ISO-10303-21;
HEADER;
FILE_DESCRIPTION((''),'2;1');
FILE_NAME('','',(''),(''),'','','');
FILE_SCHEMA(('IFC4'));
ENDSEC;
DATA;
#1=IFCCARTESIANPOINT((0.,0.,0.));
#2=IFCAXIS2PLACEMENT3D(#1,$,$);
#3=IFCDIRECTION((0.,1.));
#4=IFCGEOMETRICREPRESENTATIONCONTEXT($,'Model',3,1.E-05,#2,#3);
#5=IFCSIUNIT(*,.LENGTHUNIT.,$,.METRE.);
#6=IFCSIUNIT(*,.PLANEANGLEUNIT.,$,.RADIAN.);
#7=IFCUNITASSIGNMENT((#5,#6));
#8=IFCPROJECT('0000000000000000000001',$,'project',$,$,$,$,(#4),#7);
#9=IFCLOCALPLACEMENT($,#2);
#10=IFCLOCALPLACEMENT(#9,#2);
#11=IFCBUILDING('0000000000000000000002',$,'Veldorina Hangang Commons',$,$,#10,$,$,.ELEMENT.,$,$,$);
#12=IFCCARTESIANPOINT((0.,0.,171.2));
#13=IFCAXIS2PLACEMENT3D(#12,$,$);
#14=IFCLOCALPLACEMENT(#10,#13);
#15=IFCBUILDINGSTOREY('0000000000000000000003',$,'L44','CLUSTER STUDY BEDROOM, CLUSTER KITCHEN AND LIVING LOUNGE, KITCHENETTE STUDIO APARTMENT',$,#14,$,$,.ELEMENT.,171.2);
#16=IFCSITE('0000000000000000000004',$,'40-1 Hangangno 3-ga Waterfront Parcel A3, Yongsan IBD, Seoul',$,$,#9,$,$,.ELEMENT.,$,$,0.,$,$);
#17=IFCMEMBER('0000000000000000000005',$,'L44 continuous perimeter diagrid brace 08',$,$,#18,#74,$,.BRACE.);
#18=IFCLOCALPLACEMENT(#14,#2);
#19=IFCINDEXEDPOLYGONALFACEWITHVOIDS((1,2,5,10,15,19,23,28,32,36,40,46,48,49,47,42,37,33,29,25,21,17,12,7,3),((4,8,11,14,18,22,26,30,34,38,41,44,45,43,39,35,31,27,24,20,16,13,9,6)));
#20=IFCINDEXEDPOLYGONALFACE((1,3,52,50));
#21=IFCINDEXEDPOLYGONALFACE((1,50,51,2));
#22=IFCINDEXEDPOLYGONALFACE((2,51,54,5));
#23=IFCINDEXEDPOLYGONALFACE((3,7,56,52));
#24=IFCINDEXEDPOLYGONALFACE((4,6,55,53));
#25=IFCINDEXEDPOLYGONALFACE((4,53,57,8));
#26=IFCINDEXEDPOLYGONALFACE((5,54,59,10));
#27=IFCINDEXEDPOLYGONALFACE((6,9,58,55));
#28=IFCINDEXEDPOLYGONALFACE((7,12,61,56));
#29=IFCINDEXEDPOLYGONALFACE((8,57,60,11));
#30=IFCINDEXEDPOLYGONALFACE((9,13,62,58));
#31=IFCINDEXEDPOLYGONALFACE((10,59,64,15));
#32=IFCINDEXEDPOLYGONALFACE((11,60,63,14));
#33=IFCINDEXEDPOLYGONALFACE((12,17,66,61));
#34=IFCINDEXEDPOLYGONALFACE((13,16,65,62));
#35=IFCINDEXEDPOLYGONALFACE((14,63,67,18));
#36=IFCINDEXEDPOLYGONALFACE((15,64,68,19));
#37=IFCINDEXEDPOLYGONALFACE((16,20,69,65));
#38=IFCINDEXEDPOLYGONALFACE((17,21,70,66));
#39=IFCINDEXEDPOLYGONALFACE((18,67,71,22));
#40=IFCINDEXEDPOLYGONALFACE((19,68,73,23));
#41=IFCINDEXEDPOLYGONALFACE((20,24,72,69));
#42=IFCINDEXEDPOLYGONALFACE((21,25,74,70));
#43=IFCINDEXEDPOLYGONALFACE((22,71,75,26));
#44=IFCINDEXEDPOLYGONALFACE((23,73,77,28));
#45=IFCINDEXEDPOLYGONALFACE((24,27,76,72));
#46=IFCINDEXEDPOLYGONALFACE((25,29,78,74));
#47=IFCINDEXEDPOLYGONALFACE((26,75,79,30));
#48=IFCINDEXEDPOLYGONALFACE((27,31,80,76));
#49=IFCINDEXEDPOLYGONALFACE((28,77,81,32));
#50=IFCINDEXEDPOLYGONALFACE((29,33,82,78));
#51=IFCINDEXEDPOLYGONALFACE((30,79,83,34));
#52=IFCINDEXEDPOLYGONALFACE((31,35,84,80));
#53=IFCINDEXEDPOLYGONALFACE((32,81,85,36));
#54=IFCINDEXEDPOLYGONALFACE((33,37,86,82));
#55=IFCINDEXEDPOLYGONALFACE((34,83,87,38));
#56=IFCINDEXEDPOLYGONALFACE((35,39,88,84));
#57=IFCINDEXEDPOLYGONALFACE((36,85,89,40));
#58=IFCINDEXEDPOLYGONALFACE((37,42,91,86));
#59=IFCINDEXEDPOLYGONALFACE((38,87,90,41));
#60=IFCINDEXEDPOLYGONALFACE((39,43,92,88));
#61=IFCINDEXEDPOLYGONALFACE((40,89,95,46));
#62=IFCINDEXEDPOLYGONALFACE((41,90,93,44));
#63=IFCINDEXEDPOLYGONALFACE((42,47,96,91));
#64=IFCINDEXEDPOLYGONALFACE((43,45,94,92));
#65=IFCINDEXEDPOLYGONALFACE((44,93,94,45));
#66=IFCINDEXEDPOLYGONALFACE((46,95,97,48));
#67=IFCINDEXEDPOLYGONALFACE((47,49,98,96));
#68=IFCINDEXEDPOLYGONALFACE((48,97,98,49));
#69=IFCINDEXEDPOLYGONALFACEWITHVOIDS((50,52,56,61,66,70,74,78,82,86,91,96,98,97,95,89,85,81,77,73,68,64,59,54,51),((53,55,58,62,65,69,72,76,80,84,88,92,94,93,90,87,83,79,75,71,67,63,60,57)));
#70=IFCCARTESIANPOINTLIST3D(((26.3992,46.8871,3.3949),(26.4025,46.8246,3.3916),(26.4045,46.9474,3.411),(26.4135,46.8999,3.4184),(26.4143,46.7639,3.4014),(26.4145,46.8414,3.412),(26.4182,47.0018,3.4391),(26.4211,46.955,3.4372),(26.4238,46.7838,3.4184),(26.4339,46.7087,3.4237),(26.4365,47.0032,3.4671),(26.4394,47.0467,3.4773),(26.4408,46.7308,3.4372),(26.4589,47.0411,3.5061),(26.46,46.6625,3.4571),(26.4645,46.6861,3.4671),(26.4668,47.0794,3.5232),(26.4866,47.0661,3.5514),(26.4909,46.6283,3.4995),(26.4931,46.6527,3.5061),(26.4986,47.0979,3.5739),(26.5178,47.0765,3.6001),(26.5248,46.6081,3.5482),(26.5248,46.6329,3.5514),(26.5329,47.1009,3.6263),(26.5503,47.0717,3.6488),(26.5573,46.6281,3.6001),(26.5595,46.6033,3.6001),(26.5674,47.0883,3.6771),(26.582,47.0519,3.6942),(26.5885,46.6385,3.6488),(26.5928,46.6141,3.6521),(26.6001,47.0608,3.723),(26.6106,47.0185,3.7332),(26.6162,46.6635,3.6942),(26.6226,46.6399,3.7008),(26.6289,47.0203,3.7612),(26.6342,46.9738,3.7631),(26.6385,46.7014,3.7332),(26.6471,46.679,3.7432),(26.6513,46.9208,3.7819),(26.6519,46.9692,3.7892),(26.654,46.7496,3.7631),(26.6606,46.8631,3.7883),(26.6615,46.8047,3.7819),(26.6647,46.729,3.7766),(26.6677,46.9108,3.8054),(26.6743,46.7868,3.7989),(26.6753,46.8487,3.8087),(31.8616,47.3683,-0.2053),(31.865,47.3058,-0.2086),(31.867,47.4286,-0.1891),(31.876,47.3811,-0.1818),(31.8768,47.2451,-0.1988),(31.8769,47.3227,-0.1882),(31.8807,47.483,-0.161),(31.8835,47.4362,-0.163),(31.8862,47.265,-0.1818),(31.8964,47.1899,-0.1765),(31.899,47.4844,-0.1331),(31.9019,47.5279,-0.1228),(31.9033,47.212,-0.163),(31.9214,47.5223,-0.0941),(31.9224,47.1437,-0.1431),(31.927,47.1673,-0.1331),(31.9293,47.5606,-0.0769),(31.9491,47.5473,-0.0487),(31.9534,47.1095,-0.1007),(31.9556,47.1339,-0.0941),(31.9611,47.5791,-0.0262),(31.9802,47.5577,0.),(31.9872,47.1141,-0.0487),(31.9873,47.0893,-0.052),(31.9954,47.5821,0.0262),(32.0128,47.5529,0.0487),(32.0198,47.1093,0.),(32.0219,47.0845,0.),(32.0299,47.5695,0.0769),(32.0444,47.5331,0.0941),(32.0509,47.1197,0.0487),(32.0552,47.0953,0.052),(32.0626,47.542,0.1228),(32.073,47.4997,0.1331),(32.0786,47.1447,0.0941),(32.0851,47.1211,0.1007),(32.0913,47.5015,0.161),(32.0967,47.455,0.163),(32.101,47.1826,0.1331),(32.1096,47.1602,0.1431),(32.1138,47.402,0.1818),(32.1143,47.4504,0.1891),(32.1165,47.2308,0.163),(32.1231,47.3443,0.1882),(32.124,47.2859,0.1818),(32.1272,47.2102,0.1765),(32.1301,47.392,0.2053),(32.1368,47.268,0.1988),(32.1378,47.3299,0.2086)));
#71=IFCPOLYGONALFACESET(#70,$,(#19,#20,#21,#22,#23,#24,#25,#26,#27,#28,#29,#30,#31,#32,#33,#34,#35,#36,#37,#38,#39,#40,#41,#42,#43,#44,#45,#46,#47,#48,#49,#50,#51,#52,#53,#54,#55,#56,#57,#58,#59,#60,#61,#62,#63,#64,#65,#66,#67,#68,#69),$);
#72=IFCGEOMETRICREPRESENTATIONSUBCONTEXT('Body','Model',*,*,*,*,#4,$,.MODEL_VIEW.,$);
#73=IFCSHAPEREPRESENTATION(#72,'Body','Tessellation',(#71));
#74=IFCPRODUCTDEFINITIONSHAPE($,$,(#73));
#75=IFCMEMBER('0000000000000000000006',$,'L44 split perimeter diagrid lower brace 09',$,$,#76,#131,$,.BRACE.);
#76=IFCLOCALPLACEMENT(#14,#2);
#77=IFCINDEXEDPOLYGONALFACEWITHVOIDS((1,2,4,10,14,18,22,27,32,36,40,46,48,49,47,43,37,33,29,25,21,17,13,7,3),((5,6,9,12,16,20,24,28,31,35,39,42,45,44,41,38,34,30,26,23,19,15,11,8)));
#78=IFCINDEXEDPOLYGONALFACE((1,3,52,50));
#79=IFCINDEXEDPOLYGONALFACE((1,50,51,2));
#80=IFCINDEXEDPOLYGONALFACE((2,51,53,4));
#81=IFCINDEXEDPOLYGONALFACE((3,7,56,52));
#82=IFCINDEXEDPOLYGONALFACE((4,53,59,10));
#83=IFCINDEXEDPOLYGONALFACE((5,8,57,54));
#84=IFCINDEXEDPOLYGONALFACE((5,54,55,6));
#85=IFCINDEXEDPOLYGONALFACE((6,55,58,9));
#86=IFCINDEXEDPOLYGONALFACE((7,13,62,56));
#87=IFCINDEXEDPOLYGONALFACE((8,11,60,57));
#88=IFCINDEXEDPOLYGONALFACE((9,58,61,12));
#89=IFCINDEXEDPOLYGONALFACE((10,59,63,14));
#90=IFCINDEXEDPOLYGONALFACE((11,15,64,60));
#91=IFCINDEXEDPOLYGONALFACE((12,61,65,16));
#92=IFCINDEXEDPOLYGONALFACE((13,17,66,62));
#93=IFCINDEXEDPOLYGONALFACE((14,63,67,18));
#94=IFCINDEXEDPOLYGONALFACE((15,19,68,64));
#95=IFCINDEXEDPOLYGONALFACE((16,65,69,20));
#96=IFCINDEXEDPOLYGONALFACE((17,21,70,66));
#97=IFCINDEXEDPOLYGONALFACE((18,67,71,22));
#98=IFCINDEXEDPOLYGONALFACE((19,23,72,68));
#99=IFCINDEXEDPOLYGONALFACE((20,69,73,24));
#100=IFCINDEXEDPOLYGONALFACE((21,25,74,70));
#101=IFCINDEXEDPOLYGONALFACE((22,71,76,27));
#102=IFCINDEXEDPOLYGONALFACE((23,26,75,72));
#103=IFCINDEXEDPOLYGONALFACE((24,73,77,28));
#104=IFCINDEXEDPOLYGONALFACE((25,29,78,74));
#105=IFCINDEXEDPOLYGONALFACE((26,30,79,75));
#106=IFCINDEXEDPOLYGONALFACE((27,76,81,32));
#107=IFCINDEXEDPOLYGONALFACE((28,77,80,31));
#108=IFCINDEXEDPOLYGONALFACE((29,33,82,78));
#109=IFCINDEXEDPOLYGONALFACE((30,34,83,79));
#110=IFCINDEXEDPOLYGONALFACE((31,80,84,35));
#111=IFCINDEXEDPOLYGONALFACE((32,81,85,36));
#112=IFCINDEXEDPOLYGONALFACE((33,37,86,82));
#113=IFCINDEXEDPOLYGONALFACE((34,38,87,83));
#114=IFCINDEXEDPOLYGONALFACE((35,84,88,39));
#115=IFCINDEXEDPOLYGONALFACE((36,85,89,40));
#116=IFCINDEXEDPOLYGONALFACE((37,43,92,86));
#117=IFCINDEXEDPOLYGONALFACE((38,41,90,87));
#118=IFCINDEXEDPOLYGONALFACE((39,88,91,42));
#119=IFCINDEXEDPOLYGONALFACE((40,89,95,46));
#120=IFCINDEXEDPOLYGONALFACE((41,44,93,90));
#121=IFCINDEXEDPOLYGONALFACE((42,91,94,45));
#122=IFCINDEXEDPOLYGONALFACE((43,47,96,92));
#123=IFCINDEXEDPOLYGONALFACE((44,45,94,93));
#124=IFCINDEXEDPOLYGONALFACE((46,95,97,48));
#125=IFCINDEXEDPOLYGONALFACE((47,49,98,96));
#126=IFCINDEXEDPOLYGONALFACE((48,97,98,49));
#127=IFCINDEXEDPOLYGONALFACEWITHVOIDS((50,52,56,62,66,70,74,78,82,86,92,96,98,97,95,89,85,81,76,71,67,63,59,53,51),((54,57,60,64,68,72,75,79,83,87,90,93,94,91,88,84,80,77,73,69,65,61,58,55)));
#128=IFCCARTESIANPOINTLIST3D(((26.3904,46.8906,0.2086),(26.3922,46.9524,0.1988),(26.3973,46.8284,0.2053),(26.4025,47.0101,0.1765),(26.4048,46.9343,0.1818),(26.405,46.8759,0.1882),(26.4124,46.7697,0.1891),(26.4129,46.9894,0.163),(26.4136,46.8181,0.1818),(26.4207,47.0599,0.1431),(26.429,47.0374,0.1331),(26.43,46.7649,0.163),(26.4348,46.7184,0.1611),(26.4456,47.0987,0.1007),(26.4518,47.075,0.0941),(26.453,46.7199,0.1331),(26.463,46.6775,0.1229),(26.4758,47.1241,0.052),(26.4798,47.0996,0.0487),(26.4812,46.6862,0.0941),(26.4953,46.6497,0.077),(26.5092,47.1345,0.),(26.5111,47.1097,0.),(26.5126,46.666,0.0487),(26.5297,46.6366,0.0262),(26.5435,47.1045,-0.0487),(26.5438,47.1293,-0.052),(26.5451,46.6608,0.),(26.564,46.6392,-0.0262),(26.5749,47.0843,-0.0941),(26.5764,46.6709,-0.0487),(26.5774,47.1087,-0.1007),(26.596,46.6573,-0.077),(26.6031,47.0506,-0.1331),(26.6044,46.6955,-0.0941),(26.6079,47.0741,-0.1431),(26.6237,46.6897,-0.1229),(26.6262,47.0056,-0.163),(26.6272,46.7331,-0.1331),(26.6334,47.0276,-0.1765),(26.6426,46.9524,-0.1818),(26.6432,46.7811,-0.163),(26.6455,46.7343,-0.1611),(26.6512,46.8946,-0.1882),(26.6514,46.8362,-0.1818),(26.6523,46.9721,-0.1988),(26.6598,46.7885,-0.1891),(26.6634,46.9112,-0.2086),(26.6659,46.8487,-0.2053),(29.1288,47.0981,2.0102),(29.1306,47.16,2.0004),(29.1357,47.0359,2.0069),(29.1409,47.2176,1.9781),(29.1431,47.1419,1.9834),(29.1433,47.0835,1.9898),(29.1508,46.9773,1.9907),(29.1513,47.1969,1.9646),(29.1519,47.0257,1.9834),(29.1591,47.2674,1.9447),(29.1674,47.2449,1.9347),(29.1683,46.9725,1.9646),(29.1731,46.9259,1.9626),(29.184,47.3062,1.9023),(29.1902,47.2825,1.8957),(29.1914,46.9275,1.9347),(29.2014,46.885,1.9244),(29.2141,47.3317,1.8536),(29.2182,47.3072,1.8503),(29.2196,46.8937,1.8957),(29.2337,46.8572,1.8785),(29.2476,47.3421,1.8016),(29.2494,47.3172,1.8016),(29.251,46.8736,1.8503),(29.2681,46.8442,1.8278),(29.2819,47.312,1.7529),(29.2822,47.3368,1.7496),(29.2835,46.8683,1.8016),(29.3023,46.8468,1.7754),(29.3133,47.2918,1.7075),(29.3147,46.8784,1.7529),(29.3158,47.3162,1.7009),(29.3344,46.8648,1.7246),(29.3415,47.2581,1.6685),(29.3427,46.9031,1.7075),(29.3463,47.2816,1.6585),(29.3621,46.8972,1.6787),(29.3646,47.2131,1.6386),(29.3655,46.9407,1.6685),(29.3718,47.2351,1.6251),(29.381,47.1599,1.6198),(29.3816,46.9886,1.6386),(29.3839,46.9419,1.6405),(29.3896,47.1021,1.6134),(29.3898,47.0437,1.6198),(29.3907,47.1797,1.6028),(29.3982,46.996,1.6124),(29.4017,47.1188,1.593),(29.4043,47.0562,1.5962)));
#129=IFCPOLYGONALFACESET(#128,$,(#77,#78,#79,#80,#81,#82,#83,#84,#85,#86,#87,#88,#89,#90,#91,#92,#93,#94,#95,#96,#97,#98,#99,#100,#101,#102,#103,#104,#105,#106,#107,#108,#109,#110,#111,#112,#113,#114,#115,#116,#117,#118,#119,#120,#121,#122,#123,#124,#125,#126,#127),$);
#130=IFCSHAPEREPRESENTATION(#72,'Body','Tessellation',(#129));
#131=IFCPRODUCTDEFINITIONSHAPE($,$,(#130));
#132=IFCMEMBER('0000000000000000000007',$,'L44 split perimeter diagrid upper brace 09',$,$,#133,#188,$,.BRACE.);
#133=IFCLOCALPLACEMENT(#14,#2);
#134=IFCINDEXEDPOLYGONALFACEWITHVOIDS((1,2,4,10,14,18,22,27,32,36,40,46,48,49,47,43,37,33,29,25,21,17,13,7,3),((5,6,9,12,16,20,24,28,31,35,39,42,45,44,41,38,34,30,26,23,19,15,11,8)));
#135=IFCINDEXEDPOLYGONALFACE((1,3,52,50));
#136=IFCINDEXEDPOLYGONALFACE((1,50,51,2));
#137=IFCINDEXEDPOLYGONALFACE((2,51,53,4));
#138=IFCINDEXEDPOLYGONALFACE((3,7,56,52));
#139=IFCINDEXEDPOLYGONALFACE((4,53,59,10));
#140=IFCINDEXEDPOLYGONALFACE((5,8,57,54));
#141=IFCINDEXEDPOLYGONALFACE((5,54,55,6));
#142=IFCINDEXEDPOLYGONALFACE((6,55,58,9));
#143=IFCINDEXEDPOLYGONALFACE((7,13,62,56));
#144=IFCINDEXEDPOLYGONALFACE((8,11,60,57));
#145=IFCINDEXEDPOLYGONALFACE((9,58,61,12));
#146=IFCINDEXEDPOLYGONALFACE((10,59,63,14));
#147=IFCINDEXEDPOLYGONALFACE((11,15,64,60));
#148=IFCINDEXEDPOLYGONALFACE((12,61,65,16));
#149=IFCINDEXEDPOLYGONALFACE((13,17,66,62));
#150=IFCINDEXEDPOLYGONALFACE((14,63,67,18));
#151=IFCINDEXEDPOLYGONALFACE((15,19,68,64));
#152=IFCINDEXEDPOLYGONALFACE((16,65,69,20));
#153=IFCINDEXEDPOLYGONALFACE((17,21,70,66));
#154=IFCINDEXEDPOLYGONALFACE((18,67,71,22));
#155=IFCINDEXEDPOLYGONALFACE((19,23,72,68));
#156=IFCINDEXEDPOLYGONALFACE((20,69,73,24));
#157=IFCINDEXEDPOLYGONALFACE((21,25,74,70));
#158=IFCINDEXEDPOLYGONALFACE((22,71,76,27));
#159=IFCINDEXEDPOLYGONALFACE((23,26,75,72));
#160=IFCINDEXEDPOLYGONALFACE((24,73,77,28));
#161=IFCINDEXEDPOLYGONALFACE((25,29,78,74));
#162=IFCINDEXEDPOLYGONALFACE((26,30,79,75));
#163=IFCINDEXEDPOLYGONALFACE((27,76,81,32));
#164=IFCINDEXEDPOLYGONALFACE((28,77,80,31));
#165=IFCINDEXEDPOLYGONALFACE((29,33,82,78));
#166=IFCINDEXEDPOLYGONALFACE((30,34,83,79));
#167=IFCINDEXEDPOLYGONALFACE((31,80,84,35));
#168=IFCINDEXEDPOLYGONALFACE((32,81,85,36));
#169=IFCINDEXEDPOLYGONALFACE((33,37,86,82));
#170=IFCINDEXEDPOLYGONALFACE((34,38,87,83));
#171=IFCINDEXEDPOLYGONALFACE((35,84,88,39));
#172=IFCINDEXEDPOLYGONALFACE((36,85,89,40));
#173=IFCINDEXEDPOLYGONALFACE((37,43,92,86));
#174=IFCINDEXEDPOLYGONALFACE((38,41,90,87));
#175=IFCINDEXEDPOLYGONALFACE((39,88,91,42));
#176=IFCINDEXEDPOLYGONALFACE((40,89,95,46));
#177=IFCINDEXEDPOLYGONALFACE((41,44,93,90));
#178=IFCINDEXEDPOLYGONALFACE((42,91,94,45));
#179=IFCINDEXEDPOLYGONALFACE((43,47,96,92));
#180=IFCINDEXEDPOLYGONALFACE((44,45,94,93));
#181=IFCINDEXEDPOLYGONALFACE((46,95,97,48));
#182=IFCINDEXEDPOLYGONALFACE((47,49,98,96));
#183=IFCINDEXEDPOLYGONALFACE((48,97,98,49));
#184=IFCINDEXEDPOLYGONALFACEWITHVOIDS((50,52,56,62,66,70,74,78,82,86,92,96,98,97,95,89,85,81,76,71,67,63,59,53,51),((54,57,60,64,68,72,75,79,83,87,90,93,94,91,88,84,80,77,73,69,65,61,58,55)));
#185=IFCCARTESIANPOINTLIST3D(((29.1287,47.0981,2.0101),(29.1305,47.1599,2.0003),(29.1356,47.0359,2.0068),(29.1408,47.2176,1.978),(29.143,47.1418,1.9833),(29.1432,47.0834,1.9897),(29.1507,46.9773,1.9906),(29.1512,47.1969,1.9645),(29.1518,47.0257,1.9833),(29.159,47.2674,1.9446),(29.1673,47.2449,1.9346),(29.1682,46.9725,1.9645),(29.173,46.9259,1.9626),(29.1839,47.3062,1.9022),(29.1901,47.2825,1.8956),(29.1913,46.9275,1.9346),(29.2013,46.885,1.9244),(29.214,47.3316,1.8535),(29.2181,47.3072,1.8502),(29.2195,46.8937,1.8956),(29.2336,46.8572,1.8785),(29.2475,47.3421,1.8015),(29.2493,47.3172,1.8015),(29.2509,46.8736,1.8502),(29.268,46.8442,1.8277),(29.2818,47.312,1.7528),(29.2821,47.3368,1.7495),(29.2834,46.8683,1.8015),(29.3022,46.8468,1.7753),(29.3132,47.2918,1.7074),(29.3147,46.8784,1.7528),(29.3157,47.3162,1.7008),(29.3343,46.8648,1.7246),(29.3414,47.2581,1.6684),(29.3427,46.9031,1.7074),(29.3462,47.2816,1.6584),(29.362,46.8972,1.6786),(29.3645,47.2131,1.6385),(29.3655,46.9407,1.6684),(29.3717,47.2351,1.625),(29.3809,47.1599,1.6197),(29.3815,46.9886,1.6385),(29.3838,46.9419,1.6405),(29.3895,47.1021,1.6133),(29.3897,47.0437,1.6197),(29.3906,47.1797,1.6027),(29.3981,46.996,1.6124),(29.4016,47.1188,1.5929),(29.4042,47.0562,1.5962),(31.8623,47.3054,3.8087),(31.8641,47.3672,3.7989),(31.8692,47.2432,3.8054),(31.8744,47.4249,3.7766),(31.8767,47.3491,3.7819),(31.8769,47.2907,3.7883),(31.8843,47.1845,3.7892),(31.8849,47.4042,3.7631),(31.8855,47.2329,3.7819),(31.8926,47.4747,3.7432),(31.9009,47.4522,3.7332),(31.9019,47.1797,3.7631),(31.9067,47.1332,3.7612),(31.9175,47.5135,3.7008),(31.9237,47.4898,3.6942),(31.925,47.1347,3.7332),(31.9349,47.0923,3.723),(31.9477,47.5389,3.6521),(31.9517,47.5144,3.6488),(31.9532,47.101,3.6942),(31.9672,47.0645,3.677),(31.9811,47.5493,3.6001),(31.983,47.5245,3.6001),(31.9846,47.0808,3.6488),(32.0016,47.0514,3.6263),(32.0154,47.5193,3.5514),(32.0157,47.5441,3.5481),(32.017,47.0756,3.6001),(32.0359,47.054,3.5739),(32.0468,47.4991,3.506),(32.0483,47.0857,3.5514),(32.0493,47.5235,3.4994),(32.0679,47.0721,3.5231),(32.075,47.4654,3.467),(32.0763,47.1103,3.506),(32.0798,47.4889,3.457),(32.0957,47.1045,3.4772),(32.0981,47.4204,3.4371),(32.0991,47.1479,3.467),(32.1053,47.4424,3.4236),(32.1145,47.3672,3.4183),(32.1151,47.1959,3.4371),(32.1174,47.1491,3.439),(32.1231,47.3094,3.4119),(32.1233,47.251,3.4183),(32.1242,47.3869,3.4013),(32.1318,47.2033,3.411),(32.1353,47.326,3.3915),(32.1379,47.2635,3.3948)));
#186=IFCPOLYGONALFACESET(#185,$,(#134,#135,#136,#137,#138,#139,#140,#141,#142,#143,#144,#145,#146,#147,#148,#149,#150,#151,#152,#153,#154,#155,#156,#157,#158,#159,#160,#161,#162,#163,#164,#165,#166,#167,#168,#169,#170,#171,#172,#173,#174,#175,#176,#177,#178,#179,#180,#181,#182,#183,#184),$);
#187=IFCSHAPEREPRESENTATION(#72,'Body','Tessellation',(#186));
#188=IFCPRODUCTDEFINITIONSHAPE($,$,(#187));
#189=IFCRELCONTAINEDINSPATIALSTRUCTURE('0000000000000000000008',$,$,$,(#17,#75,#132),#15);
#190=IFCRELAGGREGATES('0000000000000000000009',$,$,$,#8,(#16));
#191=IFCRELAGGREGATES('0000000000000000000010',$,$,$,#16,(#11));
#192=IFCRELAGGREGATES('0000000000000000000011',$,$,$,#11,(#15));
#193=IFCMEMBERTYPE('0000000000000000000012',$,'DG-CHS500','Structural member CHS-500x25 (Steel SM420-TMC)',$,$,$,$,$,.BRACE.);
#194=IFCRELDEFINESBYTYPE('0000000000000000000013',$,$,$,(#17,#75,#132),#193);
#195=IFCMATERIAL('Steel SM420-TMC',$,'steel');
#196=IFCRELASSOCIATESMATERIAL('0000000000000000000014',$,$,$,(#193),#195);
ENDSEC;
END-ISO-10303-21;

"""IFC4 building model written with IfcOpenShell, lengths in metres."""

from ifc_helpers import new_model, si_unit, direction, frame, origin, origin_2d, place, context, subcontext, project, spatial, hollow_circle, extrude, material, material_profile, profile_set, type_object, element, save


model = new_model("IFC4")

# Units and contexts
model_context = context("Model", 3, precision=1e-05, world=origin(), true_north=direction((0.0, 1.0)))
body_context = subcontext(model_context, "Body", "Model", "MODEL_VIEW")
ifc_project = project(units=[si_unit("LENGTHUNIT", "METRE"), si_unit("PLANEANGLEUNIT", "RADIAN")], contexts=[model_context])

# Site, building, storey
site_placement = place(None, origin())
site = spatial("IfcSite", under=ifc_project, at=site_placement, Name="40-1 Hangangno 3-ga Waterfront Parcel A3, Yongsan IBD, Seoul", CompositionType="ELEMENT", RefElevation=0.0)
building_placement = place(site_placement, origin())
building = spatial("IfcBuilding", under=site, at=building_placement, Name="Veldorina Hangang Commons", CompositionType="ELEMENT")
storey_placement = place(building_placement, frame((0.0, 0.0, 171.2)))
storey = spatial("IfcBuildingStorey", under=building, at=storey_placement, Name="L44", Description="CLUSTER STUDY BEDROOM, CLUSTER KITCHEN AND LIVING LOUNGE, KITCHENETTE STUDIO APARTMENT", CompositionType="ELEMENT", Elevation=171.2)

# Shared definitions
ifc_material_1 = material(Name="Steel SM420-TMC", Category="steel")

# Members
ifc_material_profile_1 = material_profile(ifc_material_1, hollow_circle(Radius=0.25, WallThickness=0.0249, at=origin_2d()), Name="CHS-500x25")
ifc_profile_set_1 = profile_set([ifc_material_profile_1], Name="Steel SM420-TMC")
member_type = type_object("IfcMemberType", Name="DG-CHS500", Description="Structural member CHS-500x25 (Steel SM420-TMC)", PredefinedType="BRACE", material=ifc_profile_set_1)
member_1_placement = place(storey_placement, frame((32.0, 47.3335, 0.0), z_axis=(-0.832717, -0.073357, 0.548818), x_axis=(0.087753, -0.996142, 0.0)))
element("IfcMember", 1, at=member_1_placement, inside=storey, type_object=member_type, Name="L44 continuous perimeter diagrid brace 08", PredefinedType="BRACE", context=body_context, shape_type="SweptSolid", body=[
    extrude(hollow_circle(Radius=0.25, WallThickness=0.0249, at=origin_2d()), origin(), (0.0, 0.0, 1.0), 6.5598),
])
member_2_placement = place(storey_placement, frame((26.5281, 46.8853, 0.0), z_axis=(0.833746, 0.063185, 0.548521), x_axis=(-0.075568, 0.997141, 0.0)))
element("IfcMember", 2, at=member_2_placement, inside=storey, type_object=member_type, Name="L44 split perimeter diagrid lower brace 09", PredefinedType="BRACE", context=body_context, shape_type="SweptSolid", body=[
    extrude(hollow_circle(Radius=0.25, WallThickness=0.0249, at=origin_2d()), origin(), (0.0, 0.0, 1.0), 3.2844),
])
member_3_placement = place(storey_placement, frame((29.2664, 47.0928, 1.8015), z_axis=(0.833727, 0.063216, 0.548546), x_axis=(-0.075607, 0.997138, 0.0)))
element("IfcMember", 3, at=member_3_placement, inside=storey, type_object=member_type, Name="L44 split perimeter diagrid upper brace 09", PredefinedType="BRACE", context=body_context, shape_type="SweptSolid", body=[
    extrude(hollow_circle(Radius=0.25, WallThickness=0.0249, at=origin_2d()), origin(), (0.0, 0.0, 1.0), 3.2788),
])

save(model, "model.ifc")
